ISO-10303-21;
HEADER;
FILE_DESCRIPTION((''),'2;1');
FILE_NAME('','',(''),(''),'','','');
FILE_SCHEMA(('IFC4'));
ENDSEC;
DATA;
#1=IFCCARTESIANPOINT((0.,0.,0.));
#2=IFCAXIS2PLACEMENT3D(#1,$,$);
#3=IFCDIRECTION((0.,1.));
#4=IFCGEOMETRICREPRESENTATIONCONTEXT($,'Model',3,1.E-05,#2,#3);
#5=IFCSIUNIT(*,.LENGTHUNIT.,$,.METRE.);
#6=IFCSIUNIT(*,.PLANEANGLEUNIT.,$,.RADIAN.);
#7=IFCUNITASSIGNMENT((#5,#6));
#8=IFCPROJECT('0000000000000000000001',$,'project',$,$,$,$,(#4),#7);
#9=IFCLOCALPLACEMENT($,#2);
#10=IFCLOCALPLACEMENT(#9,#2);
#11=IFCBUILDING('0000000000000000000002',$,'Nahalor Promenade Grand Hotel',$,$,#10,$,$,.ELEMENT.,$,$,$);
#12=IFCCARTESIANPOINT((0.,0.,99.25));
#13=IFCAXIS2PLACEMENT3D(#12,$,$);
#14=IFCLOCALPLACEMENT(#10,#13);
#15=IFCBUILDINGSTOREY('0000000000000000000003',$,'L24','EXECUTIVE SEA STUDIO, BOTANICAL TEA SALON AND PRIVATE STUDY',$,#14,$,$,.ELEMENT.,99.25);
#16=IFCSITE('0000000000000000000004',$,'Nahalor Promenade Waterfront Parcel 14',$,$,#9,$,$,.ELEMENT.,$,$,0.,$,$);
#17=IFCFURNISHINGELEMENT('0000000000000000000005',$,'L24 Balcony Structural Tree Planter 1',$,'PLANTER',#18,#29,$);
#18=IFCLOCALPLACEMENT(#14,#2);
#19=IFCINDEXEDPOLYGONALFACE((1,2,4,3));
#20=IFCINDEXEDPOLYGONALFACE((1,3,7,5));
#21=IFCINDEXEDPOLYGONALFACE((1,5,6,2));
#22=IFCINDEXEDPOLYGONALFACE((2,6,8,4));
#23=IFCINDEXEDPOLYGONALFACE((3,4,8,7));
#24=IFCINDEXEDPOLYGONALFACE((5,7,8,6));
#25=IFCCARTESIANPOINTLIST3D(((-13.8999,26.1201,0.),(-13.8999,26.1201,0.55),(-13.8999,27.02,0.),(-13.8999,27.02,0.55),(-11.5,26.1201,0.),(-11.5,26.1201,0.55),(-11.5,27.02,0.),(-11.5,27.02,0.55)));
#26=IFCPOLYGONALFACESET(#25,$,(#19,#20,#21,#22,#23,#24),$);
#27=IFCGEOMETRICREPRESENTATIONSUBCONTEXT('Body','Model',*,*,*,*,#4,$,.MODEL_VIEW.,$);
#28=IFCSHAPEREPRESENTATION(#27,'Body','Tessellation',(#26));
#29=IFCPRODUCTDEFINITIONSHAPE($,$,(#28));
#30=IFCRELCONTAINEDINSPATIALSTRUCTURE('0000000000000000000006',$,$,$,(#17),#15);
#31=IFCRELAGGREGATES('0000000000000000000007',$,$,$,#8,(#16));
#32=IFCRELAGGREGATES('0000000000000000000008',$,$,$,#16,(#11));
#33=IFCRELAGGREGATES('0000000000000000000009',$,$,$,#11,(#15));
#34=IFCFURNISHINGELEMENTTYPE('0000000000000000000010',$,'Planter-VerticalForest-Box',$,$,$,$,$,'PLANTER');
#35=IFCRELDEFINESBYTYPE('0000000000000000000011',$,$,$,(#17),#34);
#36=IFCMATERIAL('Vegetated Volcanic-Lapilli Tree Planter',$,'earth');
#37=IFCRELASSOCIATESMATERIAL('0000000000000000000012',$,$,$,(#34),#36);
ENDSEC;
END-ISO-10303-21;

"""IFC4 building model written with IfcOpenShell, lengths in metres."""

from ifc_helpers import new_model, si_unit, direction, frame, origin, origin_2d, place, context, subcontext, project, spatial, rectangle, extrude, source, transform, mapped, material, type_object, element, save


model = new_model("IFC4")

# Units and contexts
model_context = context("Model", 3, precision=1e-05, world=origin(), true_north=direction((0.0, 1.0)))
body_context = subcontext(model_context, "Body", "Model", "MODEL_VIEW")
ifc_project = project(units=[si_unit("LENGTHUNIT", "METRE"), si_unit("PLANEANGLEUNIT", "RADIAN")], contexts=[model_context])

# Site, building, storey
site_placement = place(None, origin())
site = spatial("IfcSite", under=ifc_project, at=site_placement, Name="Nahalor Promenade Waterfront Parcel 14", CompositionType="ELEMENT", RefElevation=0.0)
building_placement = place(site_placement, origin())
building = spatial("IfcBuilding", under=site, at=building_placement, Name="Nahalor Promenade Grand Hotel", CompositionType="ELEMENT")
storey_placement = place(building_placement, frame((0.0, 0.0, 99.25)))
storey = spatial("IfcBuildingStorey", under=building, at=storey_placement, Name="L24", Description="EXECUTIVE SEA STUDIO, BOTANICAL TEA SALON AND PRIVATE STUDY", CompositionType="ELEMENT", Elevation=99.25)

# Furnishing element
ifc_material_1 = material(Name="Vegetated Volcanic-Lapilli Tree Planter", Category="earth")
furnishing_element_type = type_object("IfcFurnishingElementType", Name="Planter-VerticalForest-Box", ElementType="PLANTER", material=ifc_material_1)
shared_shape_1 = source(origin(), body_context, "Body", "SweptSolid", [
    extrude(rectangle(XDim=2.3999, YDim=0.8999, at=origin_2d()), origin(), (0.0, 0.0, 1.0), 0.55),
])
furnishing_placement = place(storey_placement, frame((-12.7, 26.5701, 0.0), z_axis=(0.0, 0.0, 1.0), x_axis=(1.0, 0.0, 0.0)))
element("IfcFurnishingElement", 1, at=furnishing_placement, inside=storey, type_object=furnishing_element_type, Name="L24 Balcony Structural Tree Planter 1", ObjectType="PLANTER", context=body_context, shape_type="MappedRepresentation", body=[
    mapped(shared_shape_1, transform((0.0, 0.0, 0.0), scale=1.0)),
])

save(model, "model.ifc")
